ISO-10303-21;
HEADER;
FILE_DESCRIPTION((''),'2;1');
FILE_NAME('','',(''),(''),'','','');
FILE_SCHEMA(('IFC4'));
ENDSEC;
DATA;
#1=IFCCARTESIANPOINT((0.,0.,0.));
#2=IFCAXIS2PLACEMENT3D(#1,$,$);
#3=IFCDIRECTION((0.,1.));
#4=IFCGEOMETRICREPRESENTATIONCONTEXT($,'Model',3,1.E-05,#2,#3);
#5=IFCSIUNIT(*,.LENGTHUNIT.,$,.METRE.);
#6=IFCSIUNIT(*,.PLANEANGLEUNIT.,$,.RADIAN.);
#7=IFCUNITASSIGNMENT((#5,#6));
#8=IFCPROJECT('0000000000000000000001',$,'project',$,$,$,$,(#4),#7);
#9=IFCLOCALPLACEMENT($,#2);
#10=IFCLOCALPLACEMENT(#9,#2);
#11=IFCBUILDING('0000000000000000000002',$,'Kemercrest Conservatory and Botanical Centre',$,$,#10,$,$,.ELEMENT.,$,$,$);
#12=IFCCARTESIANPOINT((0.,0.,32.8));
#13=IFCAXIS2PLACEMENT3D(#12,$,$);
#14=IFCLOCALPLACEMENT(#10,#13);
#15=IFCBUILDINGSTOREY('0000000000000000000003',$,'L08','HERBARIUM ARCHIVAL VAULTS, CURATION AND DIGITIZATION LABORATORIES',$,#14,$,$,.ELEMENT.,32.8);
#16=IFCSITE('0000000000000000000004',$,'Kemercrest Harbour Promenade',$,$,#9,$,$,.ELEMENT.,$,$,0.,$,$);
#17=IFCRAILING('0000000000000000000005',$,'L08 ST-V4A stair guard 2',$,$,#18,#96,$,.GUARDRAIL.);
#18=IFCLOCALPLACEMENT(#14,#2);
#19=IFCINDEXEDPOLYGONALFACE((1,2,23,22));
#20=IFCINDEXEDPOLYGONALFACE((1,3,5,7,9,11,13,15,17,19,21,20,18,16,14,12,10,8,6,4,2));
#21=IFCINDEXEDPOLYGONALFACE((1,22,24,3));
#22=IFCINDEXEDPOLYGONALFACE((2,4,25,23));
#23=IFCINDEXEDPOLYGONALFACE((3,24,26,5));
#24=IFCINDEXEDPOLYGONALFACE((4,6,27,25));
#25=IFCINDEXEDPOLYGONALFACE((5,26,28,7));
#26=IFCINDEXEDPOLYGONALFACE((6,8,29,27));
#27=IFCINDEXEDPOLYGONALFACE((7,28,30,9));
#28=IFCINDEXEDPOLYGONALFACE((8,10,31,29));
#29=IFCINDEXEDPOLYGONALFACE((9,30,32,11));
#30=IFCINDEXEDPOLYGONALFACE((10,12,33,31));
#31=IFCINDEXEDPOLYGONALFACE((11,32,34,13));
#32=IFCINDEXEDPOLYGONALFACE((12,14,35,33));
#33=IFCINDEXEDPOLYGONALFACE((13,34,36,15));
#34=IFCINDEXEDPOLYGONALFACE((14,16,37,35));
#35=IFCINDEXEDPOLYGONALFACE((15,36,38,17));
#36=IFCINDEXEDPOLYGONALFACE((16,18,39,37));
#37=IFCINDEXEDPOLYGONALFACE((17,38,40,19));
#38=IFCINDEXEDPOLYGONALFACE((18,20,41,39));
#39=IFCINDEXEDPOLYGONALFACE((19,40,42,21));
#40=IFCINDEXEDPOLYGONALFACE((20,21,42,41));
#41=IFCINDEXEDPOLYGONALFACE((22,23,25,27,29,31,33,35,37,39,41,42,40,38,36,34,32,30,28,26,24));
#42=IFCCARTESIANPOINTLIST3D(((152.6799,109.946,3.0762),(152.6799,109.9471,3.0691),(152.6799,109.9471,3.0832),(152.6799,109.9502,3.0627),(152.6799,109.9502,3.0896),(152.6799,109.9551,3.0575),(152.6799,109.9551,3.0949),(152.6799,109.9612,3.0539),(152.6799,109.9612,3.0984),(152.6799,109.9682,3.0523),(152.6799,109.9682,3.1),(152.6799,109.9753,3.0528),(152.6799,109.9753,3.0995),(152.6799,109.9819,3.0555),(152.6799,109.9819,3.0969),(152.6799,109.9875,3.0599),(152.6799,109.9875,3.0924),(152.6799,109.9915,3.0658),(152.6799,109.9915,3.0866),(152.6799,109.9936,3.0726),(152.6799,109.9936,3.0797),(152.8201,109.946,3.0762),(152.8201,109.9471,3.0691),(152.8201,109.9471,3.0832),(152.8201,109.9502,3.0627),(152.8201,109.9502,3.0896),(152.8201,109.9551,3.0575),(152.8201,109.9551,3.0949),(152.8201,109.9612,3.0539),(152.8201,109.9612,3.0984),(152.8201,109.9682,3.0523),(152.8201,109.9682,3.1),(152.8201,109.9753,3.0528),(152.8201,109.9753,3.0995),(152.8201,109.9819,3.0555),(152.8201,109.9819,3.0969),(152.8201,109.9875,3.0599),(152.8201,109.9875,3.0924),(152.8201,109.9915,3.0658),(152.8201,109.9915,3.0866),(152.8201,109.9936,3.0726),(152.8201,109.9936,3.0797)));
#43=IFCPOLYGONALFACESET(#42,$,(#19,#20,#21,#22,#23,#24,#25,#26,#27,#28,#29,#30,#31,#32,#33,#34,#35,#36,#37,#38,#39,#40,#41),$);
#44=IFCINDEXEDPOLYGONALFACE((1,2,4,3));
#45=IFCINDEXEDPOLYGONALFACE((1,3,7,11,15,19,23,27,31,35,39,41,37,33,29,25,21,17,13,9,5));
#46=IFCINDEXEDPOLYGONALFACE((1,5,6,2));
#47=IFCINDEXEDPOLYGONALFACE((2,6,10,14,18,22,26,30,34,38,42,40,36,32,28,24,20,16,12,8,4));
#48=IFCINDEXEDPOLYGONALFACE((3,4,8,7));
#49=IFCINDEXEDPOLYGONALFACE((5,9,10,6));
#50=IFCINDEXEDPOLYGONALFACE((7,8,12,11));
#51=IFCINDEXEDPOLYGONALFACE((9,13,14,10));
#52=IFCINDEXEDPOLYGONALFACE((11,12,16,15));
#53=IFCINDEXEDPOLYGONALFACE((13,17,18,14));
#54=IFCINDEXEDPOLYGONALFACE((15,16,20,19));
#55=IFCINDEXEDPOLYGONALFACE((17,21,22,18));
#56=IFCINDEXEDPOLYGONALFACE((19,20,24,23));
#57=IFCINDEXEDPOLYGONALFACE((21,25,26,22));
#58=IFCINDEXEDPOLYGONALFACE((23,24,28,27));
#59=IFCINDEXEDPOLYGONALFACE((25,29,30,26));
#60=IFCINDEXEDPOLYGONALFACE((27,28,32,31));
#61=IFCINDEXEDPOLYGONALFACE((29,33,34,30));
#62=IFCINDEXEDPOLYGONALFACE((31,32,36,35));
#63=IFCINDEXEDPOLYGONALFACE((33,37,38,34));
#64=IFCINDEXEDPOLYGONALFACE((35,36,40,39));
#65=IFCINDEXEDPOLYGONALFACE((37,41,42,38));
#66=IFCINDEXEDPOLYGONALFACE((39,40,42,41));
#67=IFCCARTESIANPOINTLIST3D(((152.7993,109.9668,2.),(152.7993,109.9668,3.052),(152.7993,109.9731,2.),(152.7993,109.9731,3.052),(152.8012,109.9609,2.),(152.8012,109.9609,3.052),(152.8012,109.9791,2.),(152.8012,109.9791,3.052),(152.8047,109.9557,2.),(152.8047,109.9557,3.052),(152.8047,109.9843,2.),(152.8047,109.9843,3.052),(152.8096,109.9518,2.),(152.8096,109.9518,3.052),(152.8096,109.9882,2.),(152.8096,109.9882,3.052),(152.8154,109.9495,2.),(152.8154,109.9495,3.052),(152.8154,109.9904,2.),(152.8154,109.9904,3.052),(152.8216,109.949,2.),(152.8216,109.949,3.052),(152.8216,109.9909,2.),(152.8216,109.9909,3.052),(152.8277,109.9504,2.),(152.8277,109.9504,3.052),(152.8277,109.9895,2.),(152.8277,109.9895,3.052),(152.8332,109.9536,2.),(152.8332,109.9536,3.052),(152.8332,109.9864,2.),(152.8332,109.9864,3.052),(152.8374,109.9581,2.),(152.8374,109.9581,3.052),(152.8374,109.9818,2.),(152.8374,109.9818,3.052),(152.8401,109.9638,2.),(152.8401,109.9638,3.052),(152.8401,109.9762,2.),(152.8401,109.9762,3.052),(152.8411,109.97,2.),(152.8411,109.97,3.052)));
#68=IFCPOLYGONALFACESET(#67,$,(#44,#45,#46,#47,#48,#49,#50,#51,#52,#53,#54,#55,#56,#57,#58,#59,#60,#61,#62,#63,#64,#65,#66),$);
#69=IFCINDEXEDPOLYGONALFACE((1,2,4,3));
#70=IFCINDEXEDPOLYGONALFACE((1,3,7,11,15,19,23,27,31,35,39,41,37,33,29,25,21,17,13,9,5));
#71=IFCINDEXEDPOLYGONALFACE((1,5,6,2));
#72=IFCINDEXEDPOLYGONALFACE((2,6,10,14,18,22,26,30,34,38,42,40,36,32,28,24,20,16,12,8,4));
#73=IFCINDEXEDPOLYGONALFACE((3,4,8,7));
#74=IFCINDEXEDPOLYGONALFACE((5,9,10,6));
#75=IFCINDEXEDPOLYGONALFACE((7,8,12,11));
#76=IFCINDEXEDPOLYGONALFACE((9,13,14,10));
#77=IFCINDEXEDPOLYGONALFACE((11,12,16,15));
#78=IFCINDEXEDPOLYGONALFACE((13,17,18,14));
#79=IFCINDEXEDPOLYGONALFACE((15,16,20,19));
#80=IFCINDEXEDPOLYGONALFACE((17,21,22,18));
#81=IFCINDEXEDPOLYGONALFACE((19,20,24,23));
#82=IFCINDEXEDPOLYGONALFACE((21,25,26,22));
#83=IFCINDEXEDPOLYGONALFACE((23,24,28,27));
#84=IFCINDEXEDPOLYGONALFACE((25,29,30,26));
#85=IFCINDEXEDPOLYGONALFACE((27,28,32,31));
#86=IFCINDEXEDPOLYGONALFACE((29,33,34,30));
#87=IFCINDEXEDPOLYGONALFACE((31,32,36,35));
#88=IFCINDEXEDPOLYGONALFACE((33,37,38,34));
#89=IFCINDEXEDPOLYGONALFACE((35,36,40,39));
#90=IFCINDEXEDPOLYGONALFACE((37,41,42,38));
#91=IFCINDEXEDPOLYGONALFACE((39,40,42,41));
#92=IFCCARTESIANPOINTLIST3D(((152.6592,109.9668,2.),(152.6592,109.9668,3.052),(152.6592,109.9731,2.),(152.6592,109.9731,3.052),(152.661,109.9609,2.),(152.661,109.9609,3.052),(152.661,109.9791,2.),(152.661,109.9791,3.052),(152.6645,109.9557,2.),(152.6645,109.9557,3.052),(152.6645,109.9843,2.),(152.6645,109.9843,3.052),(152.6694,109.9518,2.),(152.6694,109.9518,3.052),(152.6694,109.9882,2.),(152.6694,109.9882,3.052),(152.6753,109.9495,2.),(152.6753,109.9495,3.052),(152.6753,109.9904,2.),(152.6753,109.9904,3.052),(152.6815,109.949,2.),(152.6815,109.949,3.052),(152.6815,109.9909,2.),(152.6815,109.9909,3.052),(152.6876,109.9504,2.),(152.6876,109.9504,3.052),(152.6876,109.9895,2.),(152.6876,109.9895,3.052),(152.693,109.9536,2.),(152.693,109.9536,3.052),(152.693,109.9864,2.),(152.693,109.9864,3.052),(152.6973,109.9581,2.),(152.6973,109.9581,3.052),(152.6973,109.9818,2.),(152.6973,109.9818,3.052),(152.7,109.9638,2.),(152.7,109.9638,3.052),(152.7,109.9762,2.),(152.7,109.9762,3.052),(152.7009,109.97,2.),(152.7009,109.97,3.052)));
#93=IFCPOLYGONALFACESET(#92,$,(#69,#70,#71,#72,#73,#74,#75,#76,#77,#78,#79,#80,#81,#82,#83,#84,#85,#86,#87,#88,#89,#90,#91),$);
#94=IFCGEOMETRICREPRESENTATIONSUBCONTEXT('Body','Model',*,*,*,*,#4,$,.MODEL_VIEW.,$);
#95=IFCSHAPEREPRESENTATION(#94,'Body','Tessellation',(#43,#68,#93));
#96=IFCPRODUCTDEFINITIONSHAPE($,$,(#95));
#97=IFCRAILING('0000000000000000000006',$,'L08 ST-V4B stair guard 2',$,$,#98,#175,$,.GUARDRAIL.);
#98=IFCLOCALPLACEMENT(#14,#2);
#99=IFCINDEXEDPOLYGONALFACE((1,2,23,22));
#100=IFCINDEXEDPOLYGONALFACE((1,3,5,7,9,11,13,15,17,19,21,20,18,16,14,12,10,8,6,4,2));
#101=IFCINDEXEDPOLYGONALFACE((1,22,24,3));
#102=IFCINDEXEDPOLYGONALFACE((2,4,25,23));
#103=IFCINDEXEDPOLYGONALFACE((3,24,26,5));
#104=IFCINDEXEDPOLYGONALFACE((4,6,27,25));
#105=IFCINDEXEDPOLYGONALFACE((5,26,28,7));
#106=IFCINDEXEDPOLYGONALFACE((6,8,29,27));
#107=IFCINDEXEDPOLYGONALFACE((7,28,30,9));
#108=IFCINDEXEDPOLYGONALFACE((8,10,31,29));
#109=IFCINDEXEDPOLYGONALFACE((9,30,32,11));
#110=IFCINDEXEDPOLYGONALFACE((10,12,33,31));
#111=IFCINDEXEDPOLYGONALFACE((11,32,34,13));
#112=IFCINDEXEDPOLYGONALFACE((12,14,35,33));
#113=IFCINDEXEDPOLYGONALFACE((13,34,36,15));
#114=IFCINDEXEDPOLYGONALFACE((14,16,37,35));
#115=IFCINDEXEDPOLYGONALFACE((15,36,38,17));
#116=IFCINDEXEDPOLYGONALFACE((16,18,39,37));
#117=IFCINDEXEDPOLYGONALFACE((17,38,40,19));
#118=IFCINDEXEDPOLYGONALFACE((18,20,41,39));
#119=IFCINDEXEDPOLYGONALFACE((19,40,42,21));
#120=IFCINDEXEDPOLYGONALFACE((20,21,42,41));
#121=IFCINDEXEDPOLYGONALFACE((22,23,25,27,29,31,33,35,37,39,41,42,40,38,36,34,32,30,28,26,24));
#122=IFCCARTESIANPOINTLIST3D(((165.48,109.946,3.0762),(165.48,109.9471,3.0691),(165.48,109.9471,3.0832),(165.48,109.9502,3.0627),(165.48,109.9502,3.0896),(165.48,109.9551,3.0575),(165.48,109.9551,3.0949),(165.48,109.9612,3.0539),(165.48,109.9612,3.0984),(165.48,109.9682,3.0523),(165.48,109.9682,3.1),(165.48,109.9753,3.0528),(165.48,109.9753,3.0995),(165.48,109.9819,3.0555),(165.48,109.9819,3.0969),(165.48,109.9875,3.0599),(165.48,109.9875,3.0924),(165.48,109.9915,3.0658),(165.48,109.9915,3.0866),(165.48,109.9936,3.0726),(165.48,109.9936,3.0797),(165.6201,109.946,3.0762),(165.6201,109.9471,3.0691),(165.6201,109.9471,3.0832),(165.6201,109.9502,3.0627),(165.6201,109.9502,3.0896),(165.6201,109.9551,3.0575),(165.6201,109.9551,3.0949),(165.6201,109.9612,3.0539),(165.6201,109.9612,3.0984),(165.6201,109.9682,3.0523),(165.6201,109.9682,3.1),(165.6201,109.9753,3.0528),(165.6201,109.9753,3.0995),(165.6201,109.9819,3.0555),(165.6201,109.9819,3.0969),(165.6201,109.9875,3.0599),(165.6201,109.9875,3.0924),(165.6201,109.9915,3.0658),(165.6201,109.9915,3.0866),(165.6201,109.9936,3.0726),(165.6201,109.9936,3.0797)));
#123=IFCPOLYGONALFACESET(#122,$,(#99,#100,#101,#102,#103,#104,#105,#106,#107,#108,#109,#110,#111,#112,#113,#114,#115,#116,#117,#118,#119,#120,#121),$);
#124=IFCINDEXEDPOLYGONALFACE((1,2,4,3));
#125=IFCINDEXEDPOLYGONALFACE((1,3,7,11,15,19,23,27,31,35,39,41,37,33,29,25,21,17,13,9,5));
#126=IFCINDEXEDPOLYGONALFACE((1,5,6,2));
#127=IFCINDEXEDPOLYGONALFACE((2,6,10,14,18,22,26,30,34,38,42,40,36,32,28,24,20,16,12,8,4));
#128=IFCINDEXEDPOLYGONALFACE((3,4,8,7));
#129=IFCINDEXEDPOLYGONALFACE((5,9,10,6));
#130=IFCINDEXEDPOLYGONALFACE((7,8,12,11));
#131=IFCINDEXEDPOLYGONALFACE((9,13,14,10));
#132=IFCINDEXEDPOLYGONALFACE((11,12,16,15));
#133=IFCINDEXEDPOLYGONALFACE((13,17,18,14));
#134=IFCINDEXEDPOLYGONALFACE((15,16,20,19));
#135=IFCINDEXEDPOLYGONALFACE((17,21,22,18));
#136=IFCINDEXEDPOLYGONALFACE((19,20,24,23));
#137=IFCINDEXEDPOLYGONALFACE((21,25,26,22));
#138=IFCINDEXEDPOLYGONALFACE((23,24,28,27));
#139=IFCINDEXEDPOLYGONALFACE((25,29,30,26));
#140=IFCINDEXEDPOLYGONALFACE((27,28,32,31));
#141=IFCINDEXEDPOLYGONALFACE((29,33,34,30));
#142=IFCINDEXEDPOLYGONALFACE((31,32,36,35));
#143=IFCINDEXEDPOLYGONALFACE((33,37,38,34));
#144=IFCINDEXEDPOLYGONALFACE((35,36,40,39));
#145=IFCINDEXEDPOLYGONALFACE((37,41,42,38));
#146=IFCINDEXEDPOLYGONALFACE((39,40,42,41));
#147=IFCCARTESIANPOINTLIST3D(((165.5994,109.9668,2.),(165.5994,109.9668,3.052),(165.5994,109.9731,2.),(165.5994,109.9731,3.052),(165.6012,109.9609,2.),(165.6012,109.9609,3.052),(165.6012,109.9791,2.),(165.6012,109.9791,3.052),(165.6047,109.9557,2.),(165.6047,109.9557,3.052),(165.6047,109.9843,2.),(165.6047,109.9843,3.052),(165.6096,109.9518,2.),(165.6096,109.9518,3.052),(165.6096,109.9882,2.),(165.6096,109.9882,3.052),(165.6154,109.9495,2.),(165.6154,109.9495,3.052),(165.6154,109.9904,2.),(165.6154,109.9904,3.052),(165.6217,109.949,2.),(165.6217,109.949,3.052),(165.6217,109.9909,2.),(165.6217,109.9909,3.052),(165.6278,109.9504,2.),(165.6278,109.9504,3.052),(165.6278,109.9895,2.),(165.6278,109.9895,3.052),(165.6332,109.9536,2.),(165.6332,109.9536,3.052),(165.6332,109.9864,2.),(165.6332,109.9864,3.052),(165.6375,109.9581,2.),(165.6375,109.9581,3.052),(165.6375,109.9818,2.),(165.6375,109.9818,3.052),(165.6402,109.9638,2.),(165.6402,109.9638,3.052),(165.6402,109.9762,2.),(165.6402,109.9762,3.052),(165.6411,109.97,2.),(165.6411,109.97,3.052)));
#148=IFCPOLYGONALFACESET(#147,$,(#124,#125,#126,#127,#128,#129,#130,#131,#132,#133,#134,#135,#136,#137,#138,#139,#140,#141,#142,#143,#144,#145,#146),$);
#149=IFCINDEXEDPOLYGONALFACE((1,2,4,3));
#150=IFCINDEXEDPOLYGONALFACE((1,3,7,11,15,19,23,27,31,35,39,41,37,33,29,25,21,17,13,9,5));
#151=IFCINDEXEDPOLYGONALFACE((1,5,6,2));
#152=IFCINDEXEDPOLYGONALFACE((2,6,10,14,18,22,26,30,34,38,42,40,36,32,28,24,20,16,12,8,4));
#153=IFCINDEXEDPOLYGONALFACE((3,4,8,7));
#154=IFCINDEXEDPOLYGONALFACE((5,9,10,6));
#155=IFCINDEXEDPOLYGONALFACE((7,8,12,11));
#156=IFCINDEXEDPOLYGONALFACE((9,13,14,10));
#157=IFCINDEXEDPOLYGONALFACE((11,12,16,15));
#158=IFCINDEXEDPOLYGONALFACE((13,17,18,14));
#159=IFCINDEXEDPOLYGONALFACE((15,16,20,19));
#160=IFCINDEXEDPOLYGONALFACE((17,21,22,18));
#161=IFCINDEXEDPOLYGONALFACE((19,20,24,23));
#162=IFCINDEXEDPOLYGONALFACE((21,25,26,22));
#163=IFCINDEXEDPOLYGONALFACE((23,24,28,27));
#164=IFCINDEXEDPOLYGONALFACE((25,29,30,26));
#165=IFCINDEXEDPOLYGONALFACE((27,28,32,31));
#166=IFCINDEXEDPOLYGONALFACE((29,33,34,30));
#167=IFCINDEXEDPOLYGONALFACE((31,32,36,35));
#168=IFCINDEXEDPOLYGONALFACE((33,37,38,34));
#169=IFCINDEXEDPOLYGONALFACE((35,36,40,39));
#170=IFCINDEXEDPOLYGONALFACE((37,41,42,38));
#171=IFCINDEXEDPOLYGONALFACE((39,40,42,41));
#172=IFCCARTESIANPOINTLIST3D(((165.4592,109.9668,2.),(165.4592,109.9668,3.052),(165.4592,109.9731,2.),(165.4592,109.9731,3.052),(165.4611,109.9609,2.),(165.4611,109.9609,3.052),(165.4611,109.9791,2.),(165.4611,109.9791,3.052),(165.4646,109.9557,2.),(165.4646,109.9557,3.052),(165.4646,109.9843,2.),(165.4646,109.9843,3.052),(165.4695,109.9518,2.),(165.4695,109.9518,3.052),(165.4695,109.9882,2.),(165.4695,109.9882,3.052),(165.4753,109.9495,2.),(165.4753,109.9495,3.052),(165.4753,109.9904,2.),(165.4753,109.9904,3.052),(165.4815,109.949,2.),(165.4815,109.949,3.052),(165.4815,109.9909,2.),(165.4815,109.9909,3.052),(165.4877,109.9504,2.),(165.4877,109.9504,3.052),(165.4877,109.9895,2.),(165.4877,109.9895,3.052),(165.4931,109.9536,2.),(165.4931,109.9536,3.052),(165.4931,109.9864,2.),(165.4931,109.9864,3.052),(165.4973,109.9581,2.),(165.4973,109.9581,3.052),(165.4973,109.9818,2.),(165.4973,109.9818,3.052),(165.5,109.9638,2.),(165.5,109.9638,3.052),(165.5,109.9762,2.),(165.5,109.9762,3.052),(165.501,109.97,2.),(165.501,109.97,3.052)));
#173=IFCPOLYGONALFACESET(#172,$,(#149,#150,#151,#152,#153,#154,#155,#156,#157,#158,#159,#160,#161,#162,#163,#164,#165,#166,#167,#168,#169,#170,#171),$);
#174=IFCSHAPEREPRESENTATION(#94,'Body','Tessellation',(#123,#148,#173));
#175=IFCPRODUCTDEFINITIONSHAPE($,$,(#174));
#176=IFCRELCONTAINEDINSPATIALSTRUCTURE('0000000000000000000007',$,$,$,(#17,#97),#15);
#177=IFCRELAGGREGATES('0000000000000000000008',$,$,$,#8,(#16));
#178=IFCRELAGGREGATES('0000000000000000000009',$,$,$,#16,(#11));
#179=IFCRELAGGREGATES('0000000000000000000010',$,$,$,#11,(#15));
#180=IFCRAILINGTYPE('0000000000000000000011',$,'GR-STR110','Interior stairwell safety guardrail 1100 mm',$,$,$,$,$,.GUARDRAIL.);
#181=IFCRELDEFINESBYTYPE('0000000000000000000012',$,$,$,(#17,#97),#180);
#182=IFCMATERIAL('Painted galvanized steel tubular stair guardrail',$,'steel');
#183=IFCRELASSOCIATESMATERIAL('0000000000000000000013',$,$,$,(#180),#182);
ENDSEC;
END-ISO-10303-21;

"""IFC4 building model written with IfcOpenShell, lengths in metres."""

from ifc_helpers import new_model, si_unit, direction, frame, origin, origin_2d, place, context, subcontext, project, spatial, circle, extrude, material, type_object, element, save


model = new_model("IFC4")

# Units and contexts
model_context = context("Model", 3, precision=1e-05, world=origin(), true_north=direction((0.0, 1.0)))
body_context = subcontext(model_context, "Body", "Model", "MODEL_VIEW")
ifc_project = project(units=[si_unit("LENGTHUNIT", "METRE"), si_unit("PLANEANGLEUNIT", "RADIAN")], contexts=[model_context])

# Site, building, storey
site_placement = place(None, origin())
site = spatial("IfcSite", under=ifc_project, at=site_placement, Name="Kemercrest Harbour Promenade", CompositionType="ELEMENT", RefElevation=0.0)
building_placement = place(site_placement, origin())
building = spatial("IfcBuilding", under=site, at=building_placement, Name="Kemercrest Conservatory and Botanical Centre", CompositionType="ELEMENT")
storey_placement = place(building_placement, frame((0.0, 0.0, 32.8)))
storey = spatial("IfcBuildingStorey", under=building, at=storey_placement, Name="L08", Description="HERBARIUM ARCHIVAL VAULTS, CURATION AND DIGITIZATION LABORATORIES", CompositionType="ELEMENT", Elevation=32.8)

# Railings
ifc_material_1 = material(Name="Painted galvanized steel tubular stair guardrail", Category="steel")
railing_type = type_object("IfcRailingType", Name="GR-STR110", Description="Interior stairwell safety guardrail 1100 mm", PredefinedType="GUARDRAIL", material=ifc_material_1)
for number, where, name in (
    (1, (152.8201, 109.97, 2.0), "L08 ST-V4A stair guard 2"),
    (2, (165.6201, 109.97, 2.0), "L08 ST-V4B stair guard 2"),
):
    element("IfcRailing", number, at=place(storey_placement, frame(where)), inside=storey, type_object=railing_type, Name=name, PredefinedType="GUARDRAIL", context=body_context, shape_type="SweptSolid", body=[
        extrude(circle(Radius=0.0239, at=origin_2d()), frame((0.0, 0.0, 1.0762), z_axis=(-1.0, 0.0, 0.0), x_axis=(0.0, -1.0, 0.0)), (0.0, 0.0, 1.0), 0.1401),
        extrude(circle(Radius=0.021, at=origin_2d()), origin(), (0.0, 0.0, 1.0), 1.052),
        extrude(circle(Radius=0.021, at=origin_2d()), frame((-0.1401, 0.0, 0.0)), (0.0, 0.0, 1.0), 1.052),
    ])

save(model, "model.ifc")
